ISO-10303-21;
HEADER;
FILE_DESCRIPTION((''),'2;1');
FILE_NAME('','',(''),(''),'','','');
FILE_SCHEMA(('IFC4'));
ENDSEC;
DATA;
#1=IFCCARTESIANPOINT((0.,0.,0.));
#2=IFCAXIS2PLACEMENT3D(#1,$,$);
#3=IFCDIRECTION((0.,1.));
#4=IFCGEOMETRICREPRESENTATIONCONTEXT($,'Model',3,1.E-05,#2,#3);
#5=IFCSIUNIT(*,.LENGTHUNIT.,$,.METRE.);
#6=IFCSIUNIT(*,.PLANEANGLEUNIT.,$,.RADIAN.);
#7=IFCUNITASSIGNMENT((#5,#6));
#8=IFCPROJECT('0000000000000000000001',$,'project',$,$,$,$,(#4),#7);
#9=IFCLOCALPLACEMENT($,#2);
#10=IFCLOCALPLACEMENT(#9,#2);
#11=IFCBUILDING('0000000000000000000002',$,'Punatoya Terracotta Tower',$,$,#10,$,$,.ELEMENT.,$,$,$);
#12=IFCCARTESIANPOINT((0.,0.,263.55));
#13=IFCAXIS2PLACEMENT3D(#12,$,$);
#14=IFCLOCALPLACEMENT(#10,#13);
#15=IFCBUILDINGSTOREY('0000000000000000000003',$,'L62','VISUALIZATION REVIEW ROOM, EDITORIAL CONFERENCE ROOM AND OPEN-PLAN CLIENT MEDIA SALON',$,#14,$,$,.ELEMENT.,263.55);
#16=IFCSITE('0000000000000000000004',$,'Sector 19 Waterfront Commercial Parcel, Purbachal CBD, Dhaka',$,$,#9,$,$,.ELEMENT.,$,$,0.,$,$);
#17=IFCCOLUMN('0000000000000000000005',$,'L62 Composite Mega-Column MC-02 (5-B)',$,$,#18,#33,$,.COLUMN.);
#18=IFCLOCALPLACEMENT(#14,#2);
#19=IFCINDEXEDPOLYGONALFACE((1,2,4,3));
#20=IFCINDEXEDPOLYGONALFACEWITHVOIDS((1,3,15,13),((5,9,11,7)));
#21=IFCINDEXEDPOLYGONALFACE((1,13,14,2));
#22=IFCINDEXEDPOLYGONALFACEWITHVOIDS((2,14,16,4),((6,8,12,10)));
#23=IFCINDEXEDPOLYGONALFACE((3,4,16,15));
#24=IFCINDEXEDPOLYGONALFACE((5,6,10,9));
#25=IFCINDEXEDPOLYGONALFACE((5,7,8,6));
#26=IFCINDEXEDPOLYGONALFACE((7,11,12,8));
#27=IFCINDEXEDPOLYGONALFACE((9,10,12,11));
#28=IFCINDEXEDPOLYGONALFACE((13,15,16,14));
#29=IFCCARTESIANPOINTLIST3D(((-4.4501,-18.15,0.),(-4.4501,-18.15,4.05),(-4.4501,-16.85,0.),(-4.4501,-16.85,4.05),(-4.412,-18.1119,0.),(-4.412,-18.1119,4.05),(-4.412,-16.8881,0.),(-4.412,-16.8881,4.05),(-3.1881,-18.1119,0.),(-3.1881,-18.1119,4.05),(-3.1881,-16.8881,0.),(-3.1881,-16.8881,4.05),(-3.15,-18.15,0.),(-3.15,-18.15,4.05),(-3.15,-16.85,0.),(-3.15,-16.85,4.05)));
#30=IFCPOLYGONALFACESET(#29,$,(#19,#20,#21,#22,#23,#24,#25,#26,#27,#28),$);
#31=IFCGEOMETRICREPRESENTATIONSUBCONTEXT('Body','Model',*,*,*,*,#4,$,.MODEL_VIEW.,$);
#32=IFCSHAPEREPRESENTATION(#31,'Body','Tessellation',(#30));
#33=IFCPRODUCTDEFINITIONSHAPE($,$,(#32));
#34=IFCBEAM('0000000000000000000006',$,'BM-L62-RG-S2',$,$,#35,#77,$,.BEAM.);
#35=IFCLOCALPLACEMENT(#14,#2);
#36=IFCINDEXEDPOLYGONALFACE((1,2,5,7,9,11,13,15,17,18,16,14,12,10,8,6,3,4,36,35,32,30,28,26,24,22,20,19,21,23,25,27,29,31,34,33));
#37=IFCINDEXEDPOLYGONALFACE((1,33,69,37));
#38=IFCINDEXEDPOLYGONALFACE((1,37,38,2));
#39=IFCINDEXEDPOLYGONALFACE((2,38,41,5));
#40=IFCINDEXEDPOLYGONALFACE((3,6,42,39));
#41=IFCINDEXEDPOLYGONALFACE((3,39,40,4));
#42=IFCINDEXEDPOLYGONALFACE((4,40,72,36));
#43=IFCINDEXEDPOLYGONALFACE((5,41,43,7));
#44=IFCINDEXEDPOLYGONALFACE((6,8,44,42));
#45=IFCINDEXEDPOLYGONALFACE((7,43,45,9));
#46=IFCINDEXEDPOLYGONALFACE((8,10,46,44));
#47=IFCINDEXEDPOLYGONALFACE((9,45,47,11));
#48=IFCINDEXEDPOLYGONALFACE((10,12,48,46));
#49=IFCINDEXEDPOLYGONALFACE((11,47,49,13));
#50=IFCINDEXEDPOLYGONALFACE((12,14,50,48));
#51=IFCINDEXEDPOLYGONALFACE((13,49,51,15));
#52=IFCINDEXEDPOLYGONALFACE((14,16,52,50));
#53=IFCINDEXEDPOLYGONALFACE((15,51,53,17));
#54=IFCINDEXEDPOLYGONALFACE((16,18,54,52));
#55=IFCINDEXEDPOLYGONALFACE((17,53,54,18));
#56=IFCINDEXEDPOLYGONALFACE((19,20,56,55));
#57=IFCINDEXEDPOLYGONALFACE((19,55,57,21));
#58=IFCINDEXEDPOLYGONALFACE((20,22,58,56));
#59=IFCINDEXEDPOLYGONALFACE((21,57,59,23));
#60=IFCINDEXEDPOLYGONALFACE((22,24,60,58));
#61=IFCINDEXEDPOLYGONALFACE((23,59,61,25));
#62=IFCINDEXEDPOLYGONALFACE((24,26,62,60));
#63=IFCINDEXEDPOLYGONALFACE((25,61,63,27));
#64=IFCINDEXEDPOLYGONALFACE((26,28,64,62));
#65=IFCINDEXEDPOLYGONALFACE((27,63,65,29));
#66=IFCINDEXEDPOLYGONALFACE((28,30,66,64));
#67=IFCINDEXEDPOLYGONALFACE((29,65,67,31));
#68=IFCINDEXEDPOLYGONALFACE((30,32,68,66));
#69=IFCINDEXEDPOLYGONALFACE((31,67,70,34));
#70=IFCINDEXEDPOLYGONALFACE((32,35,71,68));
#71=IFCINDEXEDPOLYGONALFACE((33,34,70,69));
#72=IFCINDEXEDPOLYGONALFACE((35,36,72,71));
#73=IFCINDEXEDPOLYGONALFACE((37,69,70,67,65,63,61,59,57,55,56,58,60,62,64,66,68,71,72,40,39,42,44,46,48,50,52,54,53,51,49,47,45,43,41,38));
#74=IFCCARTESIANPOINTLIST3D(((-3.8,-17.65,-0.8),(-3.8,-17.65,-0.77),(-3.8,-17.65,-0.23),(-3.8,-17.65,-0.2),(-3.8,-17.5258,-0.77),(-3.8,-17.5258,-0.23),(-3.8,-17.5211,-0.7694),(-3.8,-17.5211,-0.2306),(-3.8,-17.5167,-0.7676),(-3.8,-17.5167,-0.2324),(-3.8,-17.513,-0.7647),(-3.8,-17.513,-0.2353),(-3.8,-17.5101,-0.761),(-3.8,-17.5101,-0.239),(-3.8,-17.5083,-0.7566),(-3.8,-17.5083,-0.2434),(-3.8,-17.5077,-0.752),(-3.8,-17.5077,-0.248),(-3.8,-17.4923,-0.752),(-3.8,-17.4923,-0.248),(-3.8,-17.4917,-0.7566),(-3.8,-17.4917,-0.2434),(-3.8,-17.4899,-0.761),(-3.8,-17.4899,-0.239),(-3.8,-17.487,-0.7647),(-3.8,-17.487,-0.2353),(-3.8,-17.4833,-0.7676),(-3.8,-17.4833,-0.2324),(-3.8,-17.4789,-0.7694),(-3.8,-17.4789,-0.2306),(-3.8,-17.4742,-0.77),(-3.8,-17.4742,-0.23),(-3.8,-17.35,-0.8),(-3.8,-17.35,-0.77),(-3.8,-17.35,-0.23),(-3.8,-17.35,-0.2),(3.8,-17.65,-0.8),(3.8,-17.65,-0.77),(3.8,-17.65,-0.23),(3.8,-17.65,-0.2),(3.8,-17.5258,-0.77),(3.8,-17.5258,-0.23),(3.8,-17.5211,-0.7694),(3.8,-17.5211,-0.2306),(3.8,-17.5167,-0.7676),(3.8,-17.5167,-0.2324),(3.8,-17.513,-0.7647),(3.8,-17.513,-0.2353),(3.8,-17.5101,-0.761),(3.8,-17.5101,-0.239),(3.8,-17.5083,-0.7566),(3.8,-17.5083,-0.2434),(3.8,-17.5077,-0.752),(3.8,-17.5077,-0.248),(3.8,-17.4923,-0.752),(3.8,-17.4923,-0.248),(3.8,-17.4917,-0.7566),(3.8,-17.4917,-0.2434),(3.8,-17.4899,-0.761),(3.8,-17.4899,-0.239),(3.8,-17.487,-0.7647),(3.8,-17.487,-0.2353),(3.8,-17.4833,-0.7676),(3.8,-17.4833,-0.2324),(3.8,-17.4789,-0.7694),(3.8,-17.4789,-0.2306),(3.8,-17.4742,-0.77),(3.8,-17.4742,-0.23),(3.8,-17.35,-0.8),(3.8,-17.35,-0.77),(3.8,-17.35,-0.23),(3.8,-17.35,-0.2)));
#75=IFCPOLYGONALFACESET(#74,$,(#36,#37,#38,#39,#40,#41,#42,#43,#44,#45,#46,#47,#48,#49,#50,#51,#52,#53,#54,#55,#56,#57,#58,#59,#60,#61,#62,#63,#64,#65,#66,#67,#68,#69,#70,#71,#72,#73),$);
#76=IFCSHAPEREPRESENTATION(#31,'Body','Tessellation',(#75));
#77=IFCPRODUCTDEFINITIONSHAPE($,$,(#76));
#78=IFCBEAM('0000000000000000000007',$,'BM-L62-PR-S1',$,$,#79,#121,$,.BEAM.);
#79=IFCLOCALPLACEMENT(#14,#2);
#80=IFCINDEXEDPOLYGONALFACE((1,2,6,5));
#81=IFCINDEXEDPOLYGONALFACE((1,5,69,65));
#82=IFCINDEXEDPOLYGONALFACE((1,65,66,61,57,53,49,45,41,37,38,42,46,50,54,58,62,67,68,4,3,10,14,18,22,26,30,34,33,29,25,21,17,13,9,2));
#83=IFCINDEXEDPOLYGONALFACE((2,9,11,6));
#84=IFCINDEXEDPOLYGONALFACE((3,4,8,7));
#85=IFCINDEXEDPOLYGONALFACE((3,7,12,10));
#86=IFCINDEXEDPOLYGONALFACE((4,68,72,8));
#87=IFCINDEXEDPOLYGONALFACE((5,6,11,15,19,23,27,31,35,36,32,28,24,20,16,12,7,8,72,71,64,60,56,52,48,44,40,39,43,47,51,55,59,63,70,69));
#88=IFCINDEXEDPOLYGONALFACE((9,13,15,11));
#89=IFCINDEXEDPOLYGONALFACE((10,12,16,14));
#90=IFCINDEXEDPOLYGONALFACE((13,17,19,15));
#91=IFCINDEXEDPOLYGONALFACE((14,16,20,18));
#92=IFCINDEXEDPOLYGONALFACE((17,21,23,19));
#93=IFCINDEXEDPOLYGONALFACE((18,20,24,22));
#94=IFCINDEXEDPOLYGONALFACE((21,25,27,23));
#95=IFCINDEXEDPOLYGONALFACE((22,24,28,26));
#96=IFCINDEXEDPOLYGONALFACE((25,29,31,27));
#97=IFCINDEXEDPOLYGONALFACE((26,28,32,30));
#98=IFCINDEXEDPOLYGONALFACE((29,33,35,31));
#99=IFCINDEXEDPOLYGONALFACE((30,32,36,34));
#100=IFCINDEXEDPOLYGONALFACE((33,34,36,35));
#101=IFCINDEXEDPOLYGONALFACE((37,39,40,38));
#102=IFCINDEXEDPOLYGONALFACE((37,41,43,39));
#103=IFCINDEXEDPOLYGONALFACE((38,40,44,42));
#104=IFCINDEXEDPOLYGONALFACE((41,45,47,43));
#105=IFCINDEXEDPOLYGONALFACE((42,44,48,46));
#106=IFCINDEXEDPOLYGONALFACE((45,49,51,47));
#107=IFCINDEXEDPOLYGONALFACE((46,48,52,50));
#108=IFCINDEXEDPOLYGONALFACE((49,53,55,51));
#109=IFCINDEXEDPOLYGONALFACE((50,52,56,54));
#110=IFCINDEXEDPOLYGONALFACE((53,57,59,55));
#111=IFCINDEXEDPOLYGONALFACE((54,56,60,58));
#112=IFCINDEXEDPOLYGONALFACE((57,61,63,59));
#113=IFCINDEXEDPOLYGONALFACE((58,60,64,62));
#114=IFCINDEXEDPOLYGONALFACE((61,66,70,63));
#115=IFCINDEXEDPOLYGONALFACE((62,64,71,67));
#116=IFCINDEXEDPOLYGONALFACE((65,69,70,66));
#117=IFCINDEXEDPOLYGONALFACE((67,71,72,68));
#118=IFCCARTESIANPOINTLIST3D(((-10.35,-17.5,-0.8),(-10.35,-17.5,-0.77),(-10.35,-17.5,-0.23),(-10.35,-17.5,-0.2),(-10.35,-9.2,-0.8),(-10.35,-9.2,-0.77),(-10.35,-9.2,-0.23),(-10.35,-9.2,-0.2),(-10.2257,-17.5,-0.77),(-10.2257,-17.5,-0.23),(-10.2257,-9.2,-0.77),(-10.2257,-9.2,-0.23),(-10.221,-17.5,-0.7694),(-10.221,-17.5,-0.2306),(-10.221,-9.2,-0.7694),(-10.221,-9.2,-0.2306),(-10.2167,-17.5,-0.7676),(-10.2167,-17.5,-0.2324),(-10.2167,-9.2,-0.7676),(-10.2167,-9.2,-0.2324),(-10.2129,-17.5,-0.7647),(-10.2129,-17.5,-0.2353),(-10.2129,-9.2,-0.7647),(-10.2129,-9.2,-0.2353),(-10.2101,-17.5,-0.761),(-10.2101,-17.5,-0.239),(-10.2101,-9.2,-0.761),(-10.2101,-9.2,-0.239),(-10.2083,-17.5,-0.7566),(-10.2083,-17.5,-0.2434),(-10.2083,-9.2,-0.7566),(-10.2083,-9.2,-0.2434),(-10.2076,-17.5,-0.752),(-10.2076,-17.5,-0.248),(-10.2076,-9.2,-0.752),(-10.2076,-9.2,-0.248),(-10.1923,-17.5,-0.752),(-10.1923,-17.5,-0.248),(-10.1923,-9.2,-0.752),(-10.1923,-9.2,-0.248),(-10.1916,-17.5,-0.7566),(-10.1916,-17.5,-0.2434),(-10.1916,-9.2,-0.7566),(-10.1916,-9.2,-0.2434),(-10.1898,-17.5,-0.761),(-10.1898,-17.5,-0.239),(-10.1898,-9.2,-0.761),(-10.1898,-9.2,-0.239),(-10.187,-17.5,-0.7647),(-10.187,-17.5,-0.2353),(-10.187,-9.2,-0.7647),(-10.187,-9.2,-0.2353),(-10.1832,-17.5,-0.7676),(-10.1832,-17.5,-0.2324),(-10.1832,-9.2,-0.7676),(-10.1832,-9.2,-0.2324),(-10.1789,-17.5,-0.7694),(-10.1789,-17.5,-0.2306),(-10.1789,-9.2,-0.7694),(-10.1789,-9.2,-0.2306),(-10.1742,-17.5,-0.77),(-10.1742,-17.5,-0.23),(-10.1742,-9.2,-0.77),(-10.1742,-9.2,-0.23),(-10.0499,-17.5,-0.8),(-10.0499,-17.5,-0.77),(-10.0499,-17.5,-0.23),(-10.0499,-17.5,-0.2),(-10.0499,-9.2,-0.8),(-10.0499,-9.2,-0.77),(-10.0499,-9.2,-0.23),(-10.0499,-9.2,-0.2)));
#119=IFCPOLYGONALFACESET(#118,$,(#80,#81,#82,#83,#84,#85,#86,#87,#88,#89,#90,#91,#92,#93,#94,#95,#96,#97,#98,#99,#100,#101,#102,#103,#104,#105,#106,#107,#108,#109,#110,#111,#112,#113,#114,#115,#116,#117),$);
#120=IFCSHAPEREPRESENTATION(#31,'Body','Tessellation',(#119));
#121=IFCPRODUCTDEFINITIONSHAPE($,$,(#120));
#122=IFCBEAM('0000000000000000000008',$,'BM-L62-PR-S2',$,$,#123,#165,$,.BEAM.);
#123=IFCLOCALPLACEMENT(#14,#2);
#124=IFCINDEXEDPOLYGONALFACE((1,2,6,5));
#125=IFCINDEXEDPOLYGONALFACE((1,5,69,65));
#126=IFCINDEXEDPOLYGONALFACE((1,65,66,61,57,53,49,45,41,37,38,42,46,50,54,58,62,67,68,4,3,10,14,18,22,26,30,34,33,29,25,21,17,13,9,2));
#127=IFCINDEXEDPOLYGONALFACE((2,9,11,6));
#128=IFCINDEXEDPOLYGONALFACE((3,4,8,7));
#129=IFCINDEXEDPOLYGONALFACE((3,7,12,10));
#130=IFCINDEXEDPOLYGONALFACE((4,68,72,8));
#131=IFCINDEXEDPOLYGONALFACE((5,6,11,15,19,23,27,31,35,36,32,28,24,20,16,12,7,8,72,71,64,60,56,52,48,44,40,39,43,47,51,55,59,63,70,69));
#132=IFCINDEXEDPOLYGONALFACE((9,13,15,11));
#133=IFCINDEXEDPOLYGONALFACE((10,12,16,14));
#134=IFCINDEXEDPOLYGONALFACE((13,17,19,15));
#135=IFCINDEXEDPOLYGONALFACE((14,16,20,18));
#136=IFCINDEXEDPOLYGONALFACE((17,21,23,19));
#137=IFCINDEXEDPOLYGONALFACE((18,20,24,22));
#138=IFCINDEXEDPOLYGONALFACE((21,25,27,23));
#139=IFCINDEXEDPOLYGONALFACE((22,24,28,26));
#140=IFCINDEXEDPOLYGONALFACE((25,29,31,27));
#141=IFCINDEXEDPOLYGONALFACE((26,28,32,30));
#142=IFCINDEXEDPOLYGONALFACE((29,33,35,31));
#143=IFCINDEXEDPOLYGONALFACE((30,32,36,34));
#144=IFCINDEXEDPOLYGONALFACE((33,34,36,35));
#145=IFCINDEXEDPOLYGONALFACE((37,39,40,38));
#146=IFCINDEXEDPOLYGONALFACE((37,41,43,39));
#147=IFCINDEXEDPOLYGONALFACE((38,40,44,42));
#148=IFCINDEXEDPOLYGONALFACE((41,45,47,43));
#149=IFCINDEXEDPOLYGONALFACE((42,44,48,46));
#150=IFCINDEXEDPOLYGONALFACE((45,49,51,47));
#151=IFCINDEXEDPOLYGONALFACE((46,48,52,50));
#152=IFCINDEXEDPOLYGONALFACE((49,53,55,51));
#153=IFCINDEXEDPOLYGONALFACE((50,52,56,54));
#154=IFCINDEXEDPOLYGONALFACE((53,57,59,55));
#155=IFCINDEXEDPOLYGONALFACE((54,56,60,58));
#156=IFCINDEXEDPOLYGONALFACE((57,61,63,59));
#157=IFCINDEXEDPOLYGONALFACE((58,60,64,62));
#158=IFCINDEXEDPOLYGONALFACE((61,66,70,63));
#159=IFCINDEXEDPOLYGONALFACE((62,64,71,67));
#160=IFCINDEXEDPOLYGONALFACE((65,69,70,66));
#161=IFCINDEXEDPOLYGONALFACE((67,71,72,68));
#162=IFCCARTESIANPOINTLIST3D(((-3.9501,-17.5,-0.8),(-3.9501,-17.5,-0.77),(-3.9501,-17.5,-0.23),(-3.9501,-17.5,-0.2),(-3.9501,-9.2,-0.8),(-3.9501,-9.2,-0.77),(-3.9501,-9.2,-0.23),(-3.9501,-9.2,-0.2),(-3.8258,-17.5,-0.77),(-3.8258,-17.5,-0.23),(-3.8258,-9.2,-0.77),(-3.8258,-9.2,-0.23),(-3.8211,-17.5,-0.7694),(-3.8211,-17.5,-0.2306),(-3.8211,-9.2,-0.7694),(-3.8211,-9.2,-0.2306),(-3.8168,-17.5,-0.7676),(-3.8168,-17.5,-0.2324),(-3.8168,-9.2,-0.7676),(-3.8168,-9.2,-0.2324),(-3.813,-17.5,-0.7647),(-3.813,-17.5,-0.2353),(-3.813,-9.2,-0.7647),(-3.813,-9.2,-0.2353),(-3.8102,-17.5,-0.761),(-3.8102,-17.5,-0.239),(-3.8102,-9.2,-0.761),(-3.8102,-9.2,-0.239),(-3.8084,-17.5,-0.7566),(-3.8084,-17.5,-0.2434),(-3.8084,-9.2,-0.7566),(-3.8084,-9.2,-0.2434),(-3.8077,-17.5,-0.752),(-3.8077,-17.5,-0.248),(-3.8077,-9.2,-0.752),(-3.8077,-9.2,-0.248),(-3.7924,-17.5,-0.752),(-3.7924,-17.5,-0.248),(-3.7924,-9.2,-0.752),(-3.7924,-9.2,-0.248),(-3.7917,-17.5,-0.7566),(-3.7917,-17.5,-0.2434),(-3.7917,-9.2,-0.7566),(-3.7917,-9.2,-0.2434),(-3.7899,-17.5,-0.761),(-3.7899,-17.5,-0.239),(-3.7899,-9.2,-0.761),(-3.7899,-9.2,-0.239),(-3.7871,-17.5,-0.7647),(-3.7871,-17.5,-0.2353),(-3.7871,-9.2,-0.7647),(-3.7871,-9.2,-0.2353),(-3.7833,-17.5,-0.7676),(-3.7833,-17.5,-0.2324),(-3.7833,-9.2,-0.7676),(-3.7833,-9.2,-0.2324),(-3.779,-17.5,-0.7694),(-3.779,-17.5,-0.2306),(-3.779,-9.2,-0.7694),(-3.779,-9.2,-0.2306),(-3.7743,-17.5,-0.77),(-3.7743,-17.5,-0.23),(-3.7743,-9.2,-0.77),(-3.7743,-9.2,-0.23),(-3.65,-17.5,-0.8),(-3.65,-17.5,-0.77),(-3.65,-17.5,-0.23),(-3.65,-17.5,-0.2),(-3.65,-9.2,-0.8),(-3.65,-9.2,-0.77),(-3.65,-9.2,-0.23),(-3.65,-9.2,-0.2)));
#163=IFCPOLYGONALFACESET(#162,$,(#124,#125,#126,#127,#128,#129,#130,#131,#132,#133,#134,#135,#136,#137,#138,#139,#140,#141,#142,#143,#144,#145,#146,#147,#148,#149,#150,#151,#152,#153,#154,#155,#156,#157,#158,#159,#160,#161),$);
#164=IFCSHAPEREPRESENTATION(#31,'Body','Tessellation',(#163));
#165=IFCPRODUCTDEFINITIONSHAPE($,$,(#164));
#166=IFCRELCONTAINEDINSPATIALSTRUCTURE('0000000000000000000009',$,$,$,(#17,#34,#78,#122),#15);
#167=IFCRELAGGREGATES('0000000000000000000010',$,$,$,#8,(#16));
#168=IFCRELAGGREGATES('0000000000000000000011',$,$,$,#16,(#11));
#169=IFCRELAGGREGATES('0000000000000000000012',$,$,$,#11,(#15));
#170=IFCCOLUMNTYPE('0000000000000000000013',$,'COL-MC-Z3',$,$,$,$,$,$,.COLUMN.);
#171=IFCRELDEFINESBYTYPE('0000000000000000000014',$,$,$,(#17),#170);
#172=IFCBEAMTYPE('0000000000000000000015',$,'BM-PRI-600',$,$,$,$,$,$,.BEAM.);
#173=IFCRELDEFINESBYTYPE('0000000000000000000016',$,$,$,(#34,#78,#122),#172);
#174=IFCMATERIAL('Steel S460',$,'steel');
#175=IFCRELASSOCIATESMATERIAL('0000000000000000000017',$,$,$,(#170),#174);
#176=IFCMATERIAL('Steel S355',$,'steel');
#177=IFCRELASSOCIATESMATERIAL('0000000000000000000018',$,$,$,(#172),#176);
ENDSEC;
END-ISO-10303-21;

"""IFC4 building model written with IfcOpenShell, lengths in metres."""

from ifc_helpers import new_model, si_unit, direction, frame, origin, origin_2d, place, context, subcontext, project, spatial, hollow_rectangle, i_section, extrude, material, material_profile, profile_set, type_object, element, save


model = new_model("IFC4")

# Units and contexts
model_context = context("Model", 3, precision=1e-05, world=origin(), true_north=direction((0.0, 1.0)))
body_context = subcontext(model_context, "Body", "Model", "MODEL_VIEW")
ifc_project = project(units=[si_unit("LENGTHUNIT", "METRE"), si_unit("PLANEANGLEUNIT", "RADIAN")], contexts=[model_context])

# Site, building, storey
site_placement = place(None, origin())
site = spatial("IfcSite", under=ifc_project, at=site_placement, Name="Sector 19 Waterfront Commercial Parcel, Purbachal CBD, Dhaka", CompositionType="ELEMENT", RefElevation=0.0)
building_placement = place(site_placement, origin())
building = spatial("IfcBuilding", under=site, at=building_placement, Name="Punatoya Terracotta Tower", CompositionType="ELEMENT")
storey_placement = place(building_placement, frame((0.0, 0.0, 263.55)))
storey = spatial("IfcBuildingStorey", under=building, at=storey_placement, Name="L62", Description="VISUALIZATION REVIEW ROOM, EDITORIAL CONFERENCE ROOM AND OPEN-PLAN CLIENT MEDIA SALON", CompositionType="ELEMENT", Elevation=263.55)

# Column
ifc_material_1 = material(Name="Steel S460", Category="steel")
ifc_material_profile_1 = material_profile(ifc_material_1, hollow_rectangle(XDim=1.3, YDim=1.3, WallThickness=0.0381, at=origin_2d()))
ifc_profile_set_1 = profile_set([ifc_material_profile_1], Name="Steel S460")
column_type = type_object("IfcColumnType", Name="COL-MC-Z3", PredefinedType="COLUMN", material=ifc_profile_set_1)
column_placement = place(storey_placement, frame((-3.8, -17.5, 0.0), z_axis=(0.0, 0.0, 1.0), x_axis=(1.0, 0.0, 0.0)))
element("IfcColumn", 1, at=column_placement, inside=storey, type_object=column_type, Name="L62 Composite Mega-Column MC-02 (5-B)", PredefinedType="COLUMN", context=body_context, shape_type="SweptSolid", body=[
    extrude(hollow_rectangle(XDim=1.3, YDim=1.3, WallThickness=0.0381, at=origin_2d()), origin(), (0.0, 0.0, 1.0), 4.05),
])

# Beams
ifc_material_2 = material(Name="Steel S355", Category="steel")
ifc_material_profile_2 = material_profile(ifc_material_2, i_section(OverallWidth=0.3, OverallDepth=0.6001, WebThickness=0.0154, FlangeThickness=0.03, FilletRadius=0.0181, at=origin_2d()))
ifc_profile_set_2 = profile_set([ifc_material_profile_2], Name="Steel S355")
beam_type_1 = type_object("IfcBeamType", Name="BM-PRI-600", PredefinedType="BEAM", material=ifc_profile_set_2)
beam_1_placement = place(storey_placement, frame((-3.8, -17.5, -0.5), z_axis=(1.0, 0.0, 0.0), x_axis=(0.0, 1.0, 0.0)))
element("IfcBeam", 2, at=beam_1_placement, inside=storey, type_object=beam_type_1, Name="BM-L62-RG-S2", PredefinedType="BEAM", context=body_context, shape_type="SweptSolid", body=[
    extrude(i_section(OverallWidth=0.3, OverallDepth=0.6001, WebThickness=0.0154, FlangeThickness=0.03, FilletRadius=0.0181, at=origin_2d()), origin(), (0.0, 0.0, 1.0), 7.6001),
])
for number, where, z_axis, x_axis, name in (
    (3, (-10.2, -17.5, -0.5), (0.0, 1.0, 0.0), (-1.0, 0.0, 0.0), "BM-L62-PR-S1"),
    (4, (-3.8, -17.5, -0.5), (0.0, 1.0, 0.0), (-1.0, 0.0, 0.0), "BM-L62-PR-S2"),
):
    element("IfcBeam", number, at=place(storey_placement, frame(where, z_axis=z_axis, x_axis=x_axis)), inside=storey, type_object=beam_type_1, Name=name, PredefinedType="BEAM", context=body_context, shape_type="SweptSolid", body=[
        extrude(i_section(OverallWidth=0.3, OverallDepth=0.6001, WebThickness=0.0154, FlangeThickness=0.03, FilletRadius=0.0181, at=origin_2d()), origin(), (0.0, 0.0, 1.0), 8.3),
    ])

save(model, "model.ifc")
